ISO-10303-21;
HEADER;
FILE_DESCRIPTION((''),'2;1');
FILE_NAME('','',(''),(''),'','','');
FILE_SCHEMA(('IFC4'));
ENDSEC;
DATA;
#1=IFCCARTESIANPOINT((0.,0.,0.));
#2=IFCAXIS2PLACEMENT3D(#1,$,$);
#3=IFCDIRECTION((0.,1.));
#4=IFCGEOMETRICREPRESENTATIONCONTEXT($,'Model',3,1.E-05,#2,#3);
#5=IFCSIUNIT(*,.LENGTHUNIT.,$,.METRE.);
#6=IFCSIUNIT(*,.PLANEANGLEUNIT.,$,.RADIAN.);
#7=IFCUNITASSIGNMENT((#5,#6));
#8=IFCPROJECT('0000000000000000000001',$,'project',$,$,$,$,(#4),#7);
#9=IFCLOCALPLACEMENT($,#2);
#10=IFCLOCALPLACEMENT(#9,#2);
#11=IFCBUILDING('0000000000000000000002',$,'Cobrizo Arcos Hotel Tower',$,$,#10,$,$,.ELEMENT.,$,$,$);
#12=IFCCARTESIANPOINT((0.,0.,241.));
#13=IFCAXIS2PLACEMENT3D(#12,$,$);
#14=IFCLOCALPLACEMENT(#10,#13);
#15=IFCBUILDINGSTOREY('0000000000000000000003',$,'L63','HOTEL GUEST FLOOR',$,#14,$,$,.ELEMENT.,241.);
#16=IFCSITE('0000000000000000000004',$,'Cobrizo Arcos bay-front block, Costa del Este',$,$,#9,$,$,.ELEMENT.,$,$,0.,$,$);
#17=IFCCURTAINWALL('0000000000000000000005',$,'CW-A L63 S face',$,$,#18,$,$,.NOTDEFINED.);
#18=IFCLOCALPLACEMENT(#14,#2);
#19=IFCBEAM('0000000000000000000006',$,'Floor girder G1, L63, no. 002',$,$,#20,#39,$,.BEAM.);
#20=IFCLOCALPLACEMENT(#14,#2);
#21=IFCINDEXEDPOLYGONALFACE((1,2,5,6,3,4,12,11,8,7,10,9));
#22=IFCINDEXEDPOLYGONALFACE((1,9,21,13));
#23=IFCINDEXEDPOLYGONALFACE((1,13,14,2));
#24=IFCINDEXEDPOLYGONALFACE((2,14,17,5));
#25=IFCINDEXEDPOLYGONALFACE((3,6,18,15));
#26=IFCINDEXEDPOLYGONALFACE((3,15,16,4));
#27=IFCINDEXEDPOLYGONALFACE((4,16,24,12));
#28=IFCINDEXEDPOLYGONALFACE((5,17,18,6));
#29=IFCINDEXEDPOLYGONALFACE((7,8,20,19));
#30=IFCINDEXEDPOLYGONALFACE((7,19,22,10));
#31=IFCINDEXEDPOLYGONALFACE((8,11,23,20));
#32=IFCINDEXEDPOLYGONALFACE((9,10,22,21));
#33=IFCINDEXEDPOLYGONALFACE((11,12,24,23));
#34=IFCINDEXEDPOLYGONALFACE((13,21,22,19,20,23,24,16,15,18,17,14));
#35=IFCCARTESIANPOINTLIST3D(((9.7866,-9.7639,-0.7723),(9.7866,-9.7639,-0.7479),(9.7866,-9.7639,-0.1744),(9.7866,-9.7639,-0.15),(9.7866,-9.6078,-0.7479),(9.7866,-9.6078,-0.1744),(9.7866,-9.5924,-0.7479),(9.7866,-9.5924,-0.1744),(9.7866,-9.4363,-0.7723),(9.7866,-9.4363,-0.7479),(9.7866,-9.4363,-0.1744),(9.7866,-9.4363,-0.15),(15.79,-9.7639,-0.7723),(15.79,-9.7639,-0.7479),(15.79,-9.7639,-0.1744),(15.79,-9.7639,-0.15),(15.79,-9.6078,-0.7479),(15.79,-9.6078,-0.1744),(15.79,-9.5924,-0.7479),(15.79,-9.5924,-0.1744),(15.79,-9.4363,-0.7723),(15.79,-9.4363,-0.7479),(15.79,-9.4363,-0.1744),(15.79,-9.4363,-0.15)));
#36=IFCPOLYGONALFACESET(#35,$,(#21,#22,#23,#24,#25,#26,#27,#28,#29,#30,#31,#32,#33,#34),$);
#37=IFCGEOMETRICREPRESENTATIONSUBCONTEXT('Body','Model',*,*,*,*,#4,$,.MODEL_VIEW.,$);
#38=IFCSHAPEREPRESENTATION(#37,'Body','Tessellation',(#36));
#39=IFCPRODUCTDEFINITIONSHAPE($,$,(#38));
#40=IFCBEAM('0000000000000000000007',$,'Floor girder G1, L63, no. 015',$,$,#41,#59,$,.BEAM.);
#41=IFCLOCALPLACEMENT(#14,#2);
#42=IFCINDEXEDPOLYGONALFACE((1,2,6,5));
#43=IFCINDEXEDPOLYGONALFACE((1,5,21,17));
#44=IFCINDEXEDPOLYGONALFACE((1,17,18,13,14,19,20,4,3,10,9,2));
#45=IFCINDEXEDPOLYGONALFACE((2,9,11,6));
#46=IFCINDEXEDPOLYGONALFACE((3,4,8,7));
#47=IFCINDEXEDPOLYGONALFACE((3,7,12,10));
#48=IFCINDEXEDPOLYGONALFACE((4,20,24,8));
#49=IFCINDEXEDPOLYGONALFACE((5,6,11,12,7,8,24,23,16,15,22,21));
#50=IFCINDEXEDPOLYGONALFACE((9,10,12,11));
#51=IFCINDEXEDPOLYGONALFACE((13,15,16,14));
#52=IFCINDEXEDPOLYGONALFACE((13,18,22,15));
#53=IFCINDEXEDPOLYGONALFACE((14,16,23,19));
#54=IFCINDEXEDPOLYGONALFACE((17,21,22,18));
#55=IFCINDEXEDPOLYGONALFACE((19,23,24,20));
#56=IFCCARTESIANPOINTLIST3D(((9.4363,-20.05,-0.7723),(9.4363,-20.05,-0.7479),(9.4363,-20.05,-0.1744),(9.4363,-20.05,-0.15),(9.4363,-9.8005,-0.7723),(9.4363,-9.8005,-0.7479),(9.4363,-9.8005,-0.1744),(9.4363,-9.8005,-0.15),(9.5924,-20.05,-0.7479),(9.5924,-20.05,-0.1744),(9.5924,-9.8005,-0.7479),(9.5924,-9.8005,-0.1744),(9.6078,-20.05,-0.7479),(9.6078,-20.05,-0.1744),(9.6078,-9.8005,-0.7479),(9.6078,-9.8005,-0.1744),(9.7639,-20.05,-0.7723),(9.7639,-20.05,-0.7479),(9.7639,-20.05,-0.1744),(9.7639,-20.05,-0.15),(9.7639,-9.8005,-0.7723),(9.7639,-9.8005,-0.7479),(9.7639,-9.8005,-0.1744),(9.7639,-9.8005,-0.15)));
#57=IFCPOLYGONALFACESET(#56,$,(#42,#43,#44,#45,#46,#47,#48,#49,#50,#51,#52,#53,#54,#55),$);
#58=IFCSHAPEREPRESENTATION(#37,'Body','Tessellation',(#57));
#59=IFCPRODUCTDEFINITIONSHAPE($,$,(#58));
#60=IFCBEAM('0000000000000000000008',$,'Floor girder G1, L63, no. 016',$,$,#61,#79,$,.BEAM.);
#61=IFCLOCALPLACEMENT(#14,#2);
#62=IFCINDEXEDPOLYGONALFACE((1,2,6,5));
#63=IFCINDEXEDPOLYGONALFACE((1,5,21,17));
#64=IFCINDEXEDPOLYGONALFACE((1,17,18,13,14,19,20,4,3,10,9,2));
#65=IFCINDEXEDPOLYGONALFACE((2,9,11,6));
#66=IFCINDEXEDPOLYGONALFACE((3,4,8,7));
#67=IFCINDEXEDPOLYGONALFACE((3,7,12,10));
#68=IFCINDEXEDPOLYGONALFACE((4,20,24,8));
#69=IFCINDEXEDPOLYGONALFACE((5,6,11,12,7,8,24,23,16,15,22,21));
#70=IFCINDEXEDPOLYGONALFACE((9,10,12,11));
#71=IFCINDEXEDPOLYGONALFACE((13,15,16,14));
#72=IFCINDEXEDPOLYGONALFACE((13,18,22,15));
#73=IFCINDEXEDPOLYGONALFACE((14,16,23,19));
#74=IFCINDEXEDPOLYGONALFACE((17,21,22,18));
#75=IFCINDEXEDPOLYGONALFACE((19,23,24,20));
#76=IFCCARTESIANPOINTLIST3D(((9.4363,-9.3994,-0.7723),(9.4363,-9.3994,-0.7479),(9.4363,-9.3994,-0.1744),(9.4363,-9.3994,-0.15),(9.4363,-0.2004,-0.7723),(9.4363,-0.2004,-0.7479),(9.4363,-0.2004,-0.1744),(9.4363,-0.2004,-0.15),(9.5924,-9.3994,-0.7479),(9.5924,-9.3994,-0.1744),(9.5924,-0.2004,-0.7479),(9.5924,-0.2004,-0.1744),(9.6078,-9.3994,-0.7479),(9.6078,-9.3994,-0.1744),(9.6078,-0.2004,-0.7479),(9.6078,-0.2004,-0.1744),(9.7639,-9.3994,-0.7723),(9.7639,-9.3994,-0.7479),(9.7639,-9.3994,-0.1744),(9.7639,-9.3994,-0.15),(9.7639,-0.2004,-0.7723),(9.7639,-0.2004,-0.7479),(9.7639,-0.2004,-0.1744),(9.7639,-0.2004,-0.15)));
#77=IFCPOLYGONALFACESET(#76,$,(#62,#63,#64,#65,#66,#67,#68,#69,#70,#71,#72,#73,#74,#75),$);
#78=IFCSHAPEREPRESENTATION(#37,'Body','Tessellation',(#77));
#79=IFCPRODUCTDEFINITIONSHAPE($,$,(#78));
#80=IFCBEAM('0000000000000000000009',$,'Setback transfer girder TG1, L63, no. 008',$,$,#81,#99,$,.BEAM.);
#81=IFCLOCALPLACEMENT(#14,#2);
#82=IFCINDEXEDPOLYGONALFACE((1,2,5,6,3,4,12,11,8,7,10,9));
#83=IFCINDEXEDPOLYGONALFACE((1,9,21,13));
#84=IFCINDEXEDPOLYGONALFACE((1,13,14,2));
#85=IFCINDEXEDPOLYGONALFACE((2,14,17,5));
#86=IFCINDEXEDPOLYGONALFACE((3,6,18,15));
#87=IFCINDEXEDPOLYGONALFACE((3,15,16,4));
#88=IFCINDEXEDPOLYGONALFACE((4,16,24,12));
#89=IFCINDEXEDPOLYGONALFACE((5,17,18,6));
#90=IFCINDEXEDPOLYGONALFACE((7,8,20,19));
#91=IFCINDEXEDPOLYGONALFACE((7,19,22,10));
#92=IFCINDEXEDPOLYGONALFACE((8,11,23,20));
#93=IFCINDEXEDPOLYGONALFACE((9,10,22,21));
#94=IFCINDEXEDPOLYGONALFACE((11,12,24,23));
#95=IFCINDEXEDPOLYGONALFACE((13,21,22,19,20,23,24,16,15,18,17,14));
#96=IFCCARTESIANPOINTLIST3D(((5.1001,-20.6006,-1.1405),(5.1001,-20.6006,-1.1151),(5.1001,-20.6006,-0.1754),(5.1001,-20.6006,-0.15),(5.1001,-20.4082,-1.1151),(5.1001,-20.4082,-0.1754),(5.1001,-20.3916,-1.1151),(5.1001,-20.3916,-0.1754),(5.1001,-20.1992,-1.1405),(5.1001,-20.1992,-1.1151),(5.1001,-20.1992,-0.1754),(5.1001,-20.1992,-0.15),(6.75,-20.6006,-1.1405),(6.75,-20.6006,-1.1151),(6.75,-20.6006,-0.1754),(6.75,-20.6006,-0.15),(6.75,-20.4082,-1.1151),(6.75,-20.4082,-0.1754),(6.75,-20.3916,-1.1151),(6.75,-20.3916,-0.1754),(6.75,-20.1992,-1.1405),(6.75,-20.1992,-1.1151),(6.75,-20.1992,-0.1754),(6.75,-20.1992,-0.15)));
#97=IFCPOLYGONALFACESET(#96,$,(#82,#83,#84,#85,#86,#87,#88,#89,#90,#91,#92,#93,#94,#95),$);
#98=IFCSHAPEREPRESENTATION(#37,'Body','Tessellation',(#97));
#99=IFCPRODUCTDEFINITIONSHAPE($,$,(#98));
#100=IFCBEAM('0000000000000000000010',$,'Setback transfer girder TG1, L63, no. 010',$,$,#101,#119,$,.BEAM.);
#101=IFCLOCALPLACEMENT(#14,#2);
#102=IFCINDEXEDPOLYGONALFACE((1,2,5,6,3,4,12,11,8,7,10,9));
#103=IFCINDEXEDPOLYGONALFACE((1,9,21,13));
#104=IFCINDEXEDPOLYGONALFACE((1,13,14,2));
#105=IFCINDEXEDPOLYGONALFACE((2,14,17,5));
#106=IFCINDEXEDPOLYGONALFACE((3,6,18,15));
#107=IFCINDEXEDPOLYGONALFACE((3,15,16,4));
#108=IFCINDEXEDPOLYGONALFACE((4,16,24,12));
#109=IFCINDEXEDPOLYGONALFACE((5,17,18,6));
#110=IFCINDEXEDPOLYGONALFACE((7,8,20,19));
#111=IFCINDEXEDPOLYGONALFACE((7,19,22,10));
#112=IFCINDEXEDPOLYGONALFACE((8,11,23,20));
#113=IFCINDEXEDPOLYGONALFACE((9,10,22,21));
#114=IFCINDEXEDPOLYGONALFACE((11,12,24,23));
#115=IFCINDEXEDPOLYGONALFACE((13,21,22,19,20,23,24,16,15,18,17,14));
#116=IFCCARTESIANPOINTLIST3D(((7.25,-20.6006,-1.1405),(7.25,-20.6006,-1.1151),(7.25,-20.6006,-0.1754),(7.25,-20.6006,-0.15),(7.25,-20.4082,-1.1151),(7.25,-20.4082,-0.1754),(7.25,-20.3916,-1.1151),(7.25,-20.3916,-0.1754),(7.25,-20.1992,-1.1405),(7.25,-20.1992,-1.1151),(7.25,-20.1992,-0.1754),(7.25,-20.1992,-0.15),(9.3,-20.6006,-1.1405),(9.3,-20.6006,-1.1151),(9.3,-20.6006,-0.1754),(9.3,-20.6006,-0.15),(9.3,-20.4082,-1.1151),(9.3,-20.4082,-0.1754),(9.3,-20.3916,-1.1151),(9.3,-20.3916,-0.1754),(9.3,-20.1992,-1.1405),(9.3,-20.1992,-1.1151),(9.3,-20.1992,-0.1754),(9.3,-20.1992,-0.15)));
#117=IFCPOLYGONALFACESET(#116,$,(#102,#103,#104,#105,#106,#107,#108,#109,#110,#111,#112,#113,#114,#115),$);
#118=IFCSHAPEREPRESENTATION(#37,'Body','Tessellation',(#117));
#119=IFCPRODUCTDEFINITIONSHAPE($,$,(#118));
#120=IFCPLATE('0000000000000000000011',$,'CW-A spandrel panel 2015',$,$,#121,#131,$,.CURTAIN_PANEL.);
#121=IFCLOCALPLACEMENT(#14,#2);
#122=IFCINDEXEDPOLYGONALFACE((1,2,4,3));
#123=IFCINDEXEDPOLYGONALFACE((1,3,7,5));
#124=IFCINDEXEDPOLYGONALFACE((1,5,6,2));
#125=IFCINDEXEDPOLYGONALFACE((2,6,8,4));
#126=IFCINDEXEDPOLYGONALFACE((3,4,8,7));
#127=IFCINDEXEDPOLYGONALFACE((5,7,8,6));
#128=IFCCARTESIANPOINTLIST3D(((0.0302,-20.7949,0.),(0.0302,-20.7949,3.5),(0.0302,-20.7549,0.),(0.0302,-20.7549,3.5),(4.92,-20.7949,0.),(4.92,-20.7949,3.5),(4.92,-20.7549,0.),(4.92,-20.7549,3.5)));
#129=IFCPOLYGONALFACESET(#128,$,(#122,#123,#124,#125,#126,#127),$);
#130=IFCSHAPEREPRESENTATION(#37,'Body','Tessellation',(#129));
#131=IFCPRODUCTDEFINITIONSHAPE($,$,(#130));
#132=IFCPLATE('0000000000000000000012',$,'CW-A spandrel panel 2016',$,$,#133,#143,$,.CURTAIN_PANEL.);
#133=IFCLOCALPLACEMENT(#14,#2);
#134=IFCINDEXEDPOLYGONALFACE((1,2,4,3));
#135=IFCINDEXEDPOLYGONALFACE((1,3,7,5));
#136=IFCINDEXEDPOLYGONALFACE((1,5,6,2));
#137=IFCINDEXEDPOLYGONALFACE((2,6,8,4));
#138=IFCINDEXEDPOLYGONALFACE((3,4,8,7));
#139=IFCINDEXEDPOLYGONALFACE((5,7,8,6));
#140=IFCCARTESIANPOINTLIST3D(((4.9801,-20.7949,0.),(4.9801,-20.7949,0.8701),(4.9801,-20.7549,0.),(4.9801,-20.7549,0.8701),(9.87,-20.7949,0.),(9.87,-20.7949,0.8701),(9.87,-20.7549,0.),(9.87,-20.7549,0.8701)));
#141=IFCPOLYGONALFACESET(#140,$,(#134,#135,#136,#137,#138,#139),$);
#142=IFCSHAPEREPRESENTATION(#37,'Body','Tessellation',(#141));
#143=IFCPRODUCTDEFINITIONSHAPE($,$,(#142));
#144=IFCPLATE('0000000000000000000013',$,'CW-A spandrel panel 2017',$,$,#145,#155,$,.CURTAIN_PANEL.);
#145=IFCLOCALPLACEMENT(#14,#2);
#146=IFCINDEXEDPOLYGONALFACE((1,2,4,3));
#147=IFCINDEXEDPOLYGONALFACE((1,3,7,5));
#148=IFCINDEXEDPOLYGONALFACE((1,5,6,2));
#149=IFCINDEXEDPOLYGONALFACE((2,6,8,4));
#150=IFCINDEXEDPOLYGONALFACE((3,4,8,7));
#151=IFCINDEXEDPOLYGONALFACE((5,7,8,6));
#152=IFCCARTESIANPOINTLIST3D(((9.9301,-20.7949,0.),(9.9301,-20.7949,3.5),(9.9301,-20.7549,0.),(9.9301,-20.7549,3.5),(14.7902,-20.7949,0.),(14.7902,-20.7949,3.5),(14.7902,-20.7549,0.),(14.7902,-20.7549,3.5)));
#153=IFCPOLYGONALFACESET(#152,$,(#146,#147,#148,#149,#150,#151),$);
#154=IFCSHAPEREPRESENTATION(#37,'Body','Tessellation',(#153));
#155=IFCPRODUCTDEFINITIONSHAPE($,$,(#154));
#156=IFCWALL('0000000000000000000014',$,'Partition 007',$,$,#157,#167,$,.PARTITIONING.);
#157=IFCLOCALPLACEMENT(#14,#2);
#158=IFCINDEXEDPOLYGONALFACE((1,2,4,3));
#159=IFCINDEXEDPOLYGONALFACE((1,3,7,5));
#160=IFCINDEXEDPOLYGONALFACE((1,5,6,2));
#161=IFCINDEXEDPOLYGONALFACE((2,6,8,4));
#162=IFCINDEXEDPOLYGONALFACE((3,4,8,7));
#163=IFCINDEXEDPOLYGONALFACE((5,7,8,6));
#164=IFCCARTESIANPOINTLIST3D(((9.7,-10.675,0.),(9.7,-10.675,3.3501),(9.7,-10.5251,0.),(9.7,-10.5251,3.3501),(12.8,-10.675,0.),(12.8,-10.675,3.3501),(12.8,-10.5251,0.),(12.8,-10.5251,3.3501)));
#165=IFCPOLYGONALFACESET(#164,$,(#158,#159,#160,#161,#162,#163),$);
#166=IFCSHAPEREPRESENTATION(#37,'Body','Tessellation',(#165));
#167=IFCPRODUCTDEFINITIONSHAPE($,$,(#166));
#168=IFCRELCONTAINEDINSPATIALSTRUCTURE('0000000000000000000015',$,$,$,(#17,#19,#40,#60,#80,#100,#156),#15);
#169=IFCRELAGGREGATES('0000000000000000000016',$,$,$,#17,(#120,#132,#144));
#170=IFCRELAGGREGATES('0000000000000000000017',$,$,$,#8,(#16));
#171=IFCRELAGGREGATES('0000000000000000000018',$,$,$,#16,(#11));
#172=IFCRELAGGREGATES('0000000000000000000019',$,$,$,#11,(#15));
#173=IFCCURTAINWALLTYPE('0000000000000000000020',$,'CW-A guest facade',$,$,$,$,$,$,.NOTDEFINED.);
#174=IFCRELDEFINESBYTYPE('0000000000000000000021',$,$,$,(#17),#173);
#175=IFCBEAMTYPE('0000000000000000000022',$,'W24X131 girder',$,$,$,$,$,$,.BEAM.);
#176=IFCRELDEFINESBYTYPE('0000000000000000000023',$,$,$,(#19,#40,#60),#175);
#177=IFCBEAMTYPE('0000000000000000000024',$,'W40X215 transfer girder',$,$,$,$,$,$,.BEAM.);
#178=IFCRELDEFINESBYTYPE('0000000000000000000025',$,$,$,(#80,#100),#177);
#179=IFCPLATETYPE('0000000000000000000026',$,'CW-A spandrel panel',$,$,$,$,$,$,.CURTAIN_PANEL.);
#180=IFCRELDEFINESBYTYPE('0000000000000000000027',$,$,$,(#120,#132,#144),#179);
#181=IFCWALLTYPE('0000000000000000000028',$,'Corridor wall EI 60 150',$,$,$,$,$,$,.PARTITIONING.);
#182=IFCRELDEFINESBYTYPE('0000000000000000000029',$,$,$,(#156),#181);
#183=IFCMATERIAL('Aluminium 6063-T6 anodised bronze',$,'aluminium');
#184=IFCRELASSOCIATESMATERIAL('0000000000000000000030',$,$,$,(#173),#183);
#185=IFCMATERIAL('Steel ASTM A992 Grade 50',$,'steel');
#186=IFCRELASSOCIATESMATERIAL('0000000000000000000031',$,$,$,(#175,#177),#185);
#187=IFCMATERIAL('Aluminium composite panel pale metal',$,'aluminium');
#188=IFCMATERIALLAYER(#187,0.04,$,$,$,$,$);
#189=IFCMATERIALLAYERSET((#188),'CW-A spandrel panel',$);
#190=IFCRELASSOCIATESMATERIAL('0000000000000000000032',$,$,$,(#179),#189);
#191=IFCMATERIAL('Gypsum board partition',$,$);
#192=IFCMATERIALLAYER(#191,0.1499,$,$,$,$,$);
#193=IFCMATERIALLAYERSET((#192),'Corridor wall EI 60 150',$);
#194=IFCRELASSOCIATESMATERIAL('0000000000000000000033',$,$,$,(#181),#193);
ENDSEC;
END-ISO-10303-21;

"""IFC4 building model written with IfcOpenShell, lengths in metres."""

from ifc_helpers import new_model, si_unit, direction, frame, frame_2d, origin, origin_2d, place, context, subcontext, project, spatial, rectangle, i_section, extrude, material, layer, layer_set, material_profile, profile_set, type_object, element, aggregate, save


model = new_model("IFC4")

# Units and contexts
model_context = context("Model", 3, precision=1e-05, world=origin(), true_north=direction((0.0, 1.0)))
body_context = subcontext(model_context, "Body", "Model", "MODEL_VIEW")
ifc_project = project(units=[si_unit("LENGTHUNIT", "METRE"), si_unit("PLANEANGLEUNIT", "RADIAN")], contexts=[model_context])

# Site, building, storey
site_placement = place(None, origin())
site = spatial("IfcSite", under=ifc_project, at=site_placement, Name="Cobrizo Arcos bay-front block, Costa del Este", CompositionType="ELEMENT", RefElevation=0.0)
building_placement = place(site_placement, origin())
building = spatial("IfcBuilding", under=site, at=building_placement, Name="Cobrizo Arcos Hotel Tower", CompositionType="ELEMENT")
storey_placement = place(building_placement, frame((0.0, 0.0, 241.0)))
storey = spatial("IfcBuildingStorey", under=building, at=storey_placement, Name="L63", Description="HOTEL GUEST FLOOR", CompositionType="ELEMENT", Elevation=241.0)

# Shared definitions
ifc_material_1 = material(Name="Steel ASTM A992 Grade 50", Category="steel")

# Curtain wall
ifc_material_2 = material(Name="Aluminium 6063-T6 anodised bronze", Category="aluminium")
curtain_wall_type = type_object("IfcCurtainWallType", Name="CW-A guest facade", PredefinedType="NOTDEFINED", material=ifc_material_2)
curtain_wall_placement = place(storey_placement, origin())
curtain_wall = element("IfcCurtainWall", 1, at=curtain_wall_placement, inside=storey, type_object=curtain_wall_type, Name="CW-A L63 S face", PredefinedType="NOTDEFINED")

# Beams
ifc_material_profile_1 = material_profile(ifc_material_1, i_section(OverallWidth=0.3276, OverallDepth=0.6223, WebThickness=0.0154, FlangeThickness=0.0244, at=origin_2d()), Name="W24X131")
ifc_profile_set_1 = profile_set([ifc_material_profile_1], Name="Steel ASTM A992 Grade 50")
beam_type_1 = type_object("IfcBeamType", Name="W24X131 girder", PredefinedType="BEAM", material=ifc_profile_set_1)
beam_1_placement = place(storey_placement, frame((9.7866, -9.6001, -0.4612), z_axis=(1.0, 0.0, 0.0), x_axis=(0.0, 1.0, 0.0)))
element("IfcBeam", 2, at=beam_1_placement, inside=storey, type_object=beam_type_1, Name="Floor girder G1, L63, no. 002", PredefinedType="BEAM", context=body_context, shape_type="SweptSolid", body=[
    extrude(i_section(OverallWidth=0.3276, OverallDepth=0.6223, WebThickness=0.0154, FlangeThickness=0.0244, at=origin_2d()), origin(), (0.0, 0.0, 1.0), 6.0034),
])
beam_2_placement = place(storey_placement, frame((9.6001, -20.05, -0.4612), z_axis=(0.0, 1.0, 0.0), x_axis=(-1.0, 0.0, 0.0)))
element("IfcBeam", 3, at=beam_2_placement, inside=storey, type_object=beam_type_1, Name="Floor girder G1, L63, no. 015", PredefinedType="BEAM", context=body_context, shape_type="SweptSolid", body=[
    extrude(i_section(OverallWidth=0.3276, OverallDepth=0.6223, WebThickness=0.0154, FlangeThickness=0.0244, at=origin_2d()), origin(), (0.0, 0.0, 1.0), 10.2495),
])
beam_3_placement = place(storey_placement, frame((9.6001, -9.3994, -0.4612), z_axis=(0.0, 1.0, 0.0), x_axis=(-1.0, 0.0, 0.0)))
element("IfcBeam", 4, at=beam_3_placement, inside=storey, type_object=beam_type_1, Name="Floor girder G1, L63, no. 016", PredefinedType="BEAM", context=body_context, shape_type="SweptSolid", body=[
    extrude(i_section(OverallWidth=0.3276, OverallDepth=0.6223, WebThickness=0.0154, FlangeThickness=0.0244, at=origin_2d()), origin(), (0.0, 0.0, 1.0), 9.199),
])
ifc_material_profile_2 = material_profile(ifc_material_1, i_section(OverallWidth=0.4014, OverallDepth=0.9905, WebThickness=0.0166, FlangeThickness=0.0254, at=origin_2d()), Name="W40X215")
ifc_profile_set_2 = profile_set([ifc_material_profile_2], Name="Steel ASTM A992 Grade 50")
beam_type_2 = type_object("IfcBeamType", Name="W40X215 transfer girder", PredefinedType="BEAM", material=ifc_profile_set_2)
beam_4_placement = place(storey_placement, frame((6.75, -20.3999, -0.6453), z_axis=(-1.0, 0.0, 0.0), x_axis=(0.0, -1.0, 0.0)))
element("IfcBeam", 5, at=beam_4_placement, inside=storey, type_object=beam_type_2, Name="Setback transfer girder TG1, L63, no. 008", PredefinedType="BEAM", context=body_context, shape_type="SweptSolid", body=[
    extrude(i_section(OverallWidth=0.4014, OverallDepth=0.9905, WebThickness=0.0166, FlangeThickness=0.0254, at=origin_2d()), origin(), (0.0, 0.0, 1.0), 1.6499),
])
beam_5_placement = place(storey_placement, frame((7.25, -20.3999, -0.6453), z_axis=(1.0, 0.0, 0.0), x_axis=(0.0, 1.0, 0.0)))
element("IfcBeam", 6, at=beam_5_placement, inside=storey, type_object=beam_type_2, Name="Setback transfer girder TG1, L63, no. 010", PredefinedType="BEAM", context=body_context, shape_type="SweptSolid", body=[
    extrude(i_section(OverallWidth=0.4014, OverallDepth=0.9905, WebThickness=0.0166, FlangeThickness=0.0254, at=origin_2d()), origin(), (0.0, 0.0, 1.0), 2.05),
])

# Plates
ifc_material_3 = material(Name="Aluminium composite panel pale metal", Category="aluminium")
ifc_layer_1 = layer(ifc_material_3, 0.04)
ifc_layer_set_1 = layer_set([ifc_layer_1], Name="CW-A spandrel panel")
plate_type = type_object("IfcPlateType", Name="CW-A spandrel panel", PredefinedType="CURTAIN_PANEL", material=ifc_layer_set_1)
plate_1_placement = place(storey_placement, frame((2.4751, -20.7749, 0.0), z_axis=(0.0, 0.0, 1.0), x_axis=(1.0, 0.0, 0.0)))
plate_1 = element("IfcPlate", 7, at=plate_1_placement, type_object=plate_type, Name="CW-A spandrel panel 2015", PredefinedType="CURTAIN_PANEL", context=body_context, shape_type="SweptSolid", body=[
    extrude(rectangle(XDim=4.8899, YDim=0.04, at=origin_2d()), origin(), (0.0, 0.0, 1.0), 3.5),
])
plate_2_placement = place(storey_placement, frame((7.425, -20.7749, 0.0), z_axis=(0.0, 0.0, 1.0), x_axis=(1.0, 0.0, 0.0)))
plate_2 = element("IfcPlate", 8, at=plate_2_placement, type_object=plate_type, Name="CW-A spandrel panel 2016", PredefinedType="CURTAIN_PANEL", context=body_context, shape_type="SweptSolid", body=[
    extrude(rectangle(XDim=4.8899, YDim=0.04, at=origin_2d()), origin(), (0.0, 0.0, 1.0), 0.8701),
])
plate_3_placement = place(storey_placement, frame((12.3601, -20.7749, 0.0), z_axis=(0.0, 0.0, 1.0), x_axis=(1.0, 0.0, 0.0)))
plate_3 = element("IfcPlate", 9, at=plate_3_placement, type_object=plate_type, Name="CW-A spandrel panel 2017", PredefinedType="CURTAIN_PANEL", context=body_context, shape_type="SweptSolid", body=[
    extrude(rectangle(XDim=4.8601, YDim=0.04, at=origin_2d()), origin(), (0.0, 0.0, 1.0), 3.5),
])
aggregate(curtain_wall, [plate_1, plate_2, plate_3])

# Wall
ifc_material_4 = material(Name="Gypsum board partition")
ifc_layer_2 = layer(ifc_material_4, 0.1499)
ifc_layer_set_2 = layer_set([ifc_layer_2], Name="Corridor wall EI 60 150")
wall_type_1 = type_object("IfcWallType", Name="Corridor wall EI 60 150", PredefinedType="PARTITIONING", material=ifc_layer_set_2)
wall_1_placement = place(storey_placement, frame((9.7, -10.6001, 0.0), z_axis=(0.0, 0.0, 1.0), x_axis=(1.0, 0.0, 0.0)))
element("IfcWall", 10, at=wall_1_placement, inside=storey, type_object=wall_type_1, Name="Partition 007", PredefinedType="PARTITIONING", context=body_context, shape_type="SweptSolid", body=[
    extrude(rectangle(XDim=3.1001, YDim=0.1499, at=frame_2d((1.55, 0.0))), origin(), (0.0, 0.0, 1.0), 3.3501),
])

save(model, "model.ifc")
